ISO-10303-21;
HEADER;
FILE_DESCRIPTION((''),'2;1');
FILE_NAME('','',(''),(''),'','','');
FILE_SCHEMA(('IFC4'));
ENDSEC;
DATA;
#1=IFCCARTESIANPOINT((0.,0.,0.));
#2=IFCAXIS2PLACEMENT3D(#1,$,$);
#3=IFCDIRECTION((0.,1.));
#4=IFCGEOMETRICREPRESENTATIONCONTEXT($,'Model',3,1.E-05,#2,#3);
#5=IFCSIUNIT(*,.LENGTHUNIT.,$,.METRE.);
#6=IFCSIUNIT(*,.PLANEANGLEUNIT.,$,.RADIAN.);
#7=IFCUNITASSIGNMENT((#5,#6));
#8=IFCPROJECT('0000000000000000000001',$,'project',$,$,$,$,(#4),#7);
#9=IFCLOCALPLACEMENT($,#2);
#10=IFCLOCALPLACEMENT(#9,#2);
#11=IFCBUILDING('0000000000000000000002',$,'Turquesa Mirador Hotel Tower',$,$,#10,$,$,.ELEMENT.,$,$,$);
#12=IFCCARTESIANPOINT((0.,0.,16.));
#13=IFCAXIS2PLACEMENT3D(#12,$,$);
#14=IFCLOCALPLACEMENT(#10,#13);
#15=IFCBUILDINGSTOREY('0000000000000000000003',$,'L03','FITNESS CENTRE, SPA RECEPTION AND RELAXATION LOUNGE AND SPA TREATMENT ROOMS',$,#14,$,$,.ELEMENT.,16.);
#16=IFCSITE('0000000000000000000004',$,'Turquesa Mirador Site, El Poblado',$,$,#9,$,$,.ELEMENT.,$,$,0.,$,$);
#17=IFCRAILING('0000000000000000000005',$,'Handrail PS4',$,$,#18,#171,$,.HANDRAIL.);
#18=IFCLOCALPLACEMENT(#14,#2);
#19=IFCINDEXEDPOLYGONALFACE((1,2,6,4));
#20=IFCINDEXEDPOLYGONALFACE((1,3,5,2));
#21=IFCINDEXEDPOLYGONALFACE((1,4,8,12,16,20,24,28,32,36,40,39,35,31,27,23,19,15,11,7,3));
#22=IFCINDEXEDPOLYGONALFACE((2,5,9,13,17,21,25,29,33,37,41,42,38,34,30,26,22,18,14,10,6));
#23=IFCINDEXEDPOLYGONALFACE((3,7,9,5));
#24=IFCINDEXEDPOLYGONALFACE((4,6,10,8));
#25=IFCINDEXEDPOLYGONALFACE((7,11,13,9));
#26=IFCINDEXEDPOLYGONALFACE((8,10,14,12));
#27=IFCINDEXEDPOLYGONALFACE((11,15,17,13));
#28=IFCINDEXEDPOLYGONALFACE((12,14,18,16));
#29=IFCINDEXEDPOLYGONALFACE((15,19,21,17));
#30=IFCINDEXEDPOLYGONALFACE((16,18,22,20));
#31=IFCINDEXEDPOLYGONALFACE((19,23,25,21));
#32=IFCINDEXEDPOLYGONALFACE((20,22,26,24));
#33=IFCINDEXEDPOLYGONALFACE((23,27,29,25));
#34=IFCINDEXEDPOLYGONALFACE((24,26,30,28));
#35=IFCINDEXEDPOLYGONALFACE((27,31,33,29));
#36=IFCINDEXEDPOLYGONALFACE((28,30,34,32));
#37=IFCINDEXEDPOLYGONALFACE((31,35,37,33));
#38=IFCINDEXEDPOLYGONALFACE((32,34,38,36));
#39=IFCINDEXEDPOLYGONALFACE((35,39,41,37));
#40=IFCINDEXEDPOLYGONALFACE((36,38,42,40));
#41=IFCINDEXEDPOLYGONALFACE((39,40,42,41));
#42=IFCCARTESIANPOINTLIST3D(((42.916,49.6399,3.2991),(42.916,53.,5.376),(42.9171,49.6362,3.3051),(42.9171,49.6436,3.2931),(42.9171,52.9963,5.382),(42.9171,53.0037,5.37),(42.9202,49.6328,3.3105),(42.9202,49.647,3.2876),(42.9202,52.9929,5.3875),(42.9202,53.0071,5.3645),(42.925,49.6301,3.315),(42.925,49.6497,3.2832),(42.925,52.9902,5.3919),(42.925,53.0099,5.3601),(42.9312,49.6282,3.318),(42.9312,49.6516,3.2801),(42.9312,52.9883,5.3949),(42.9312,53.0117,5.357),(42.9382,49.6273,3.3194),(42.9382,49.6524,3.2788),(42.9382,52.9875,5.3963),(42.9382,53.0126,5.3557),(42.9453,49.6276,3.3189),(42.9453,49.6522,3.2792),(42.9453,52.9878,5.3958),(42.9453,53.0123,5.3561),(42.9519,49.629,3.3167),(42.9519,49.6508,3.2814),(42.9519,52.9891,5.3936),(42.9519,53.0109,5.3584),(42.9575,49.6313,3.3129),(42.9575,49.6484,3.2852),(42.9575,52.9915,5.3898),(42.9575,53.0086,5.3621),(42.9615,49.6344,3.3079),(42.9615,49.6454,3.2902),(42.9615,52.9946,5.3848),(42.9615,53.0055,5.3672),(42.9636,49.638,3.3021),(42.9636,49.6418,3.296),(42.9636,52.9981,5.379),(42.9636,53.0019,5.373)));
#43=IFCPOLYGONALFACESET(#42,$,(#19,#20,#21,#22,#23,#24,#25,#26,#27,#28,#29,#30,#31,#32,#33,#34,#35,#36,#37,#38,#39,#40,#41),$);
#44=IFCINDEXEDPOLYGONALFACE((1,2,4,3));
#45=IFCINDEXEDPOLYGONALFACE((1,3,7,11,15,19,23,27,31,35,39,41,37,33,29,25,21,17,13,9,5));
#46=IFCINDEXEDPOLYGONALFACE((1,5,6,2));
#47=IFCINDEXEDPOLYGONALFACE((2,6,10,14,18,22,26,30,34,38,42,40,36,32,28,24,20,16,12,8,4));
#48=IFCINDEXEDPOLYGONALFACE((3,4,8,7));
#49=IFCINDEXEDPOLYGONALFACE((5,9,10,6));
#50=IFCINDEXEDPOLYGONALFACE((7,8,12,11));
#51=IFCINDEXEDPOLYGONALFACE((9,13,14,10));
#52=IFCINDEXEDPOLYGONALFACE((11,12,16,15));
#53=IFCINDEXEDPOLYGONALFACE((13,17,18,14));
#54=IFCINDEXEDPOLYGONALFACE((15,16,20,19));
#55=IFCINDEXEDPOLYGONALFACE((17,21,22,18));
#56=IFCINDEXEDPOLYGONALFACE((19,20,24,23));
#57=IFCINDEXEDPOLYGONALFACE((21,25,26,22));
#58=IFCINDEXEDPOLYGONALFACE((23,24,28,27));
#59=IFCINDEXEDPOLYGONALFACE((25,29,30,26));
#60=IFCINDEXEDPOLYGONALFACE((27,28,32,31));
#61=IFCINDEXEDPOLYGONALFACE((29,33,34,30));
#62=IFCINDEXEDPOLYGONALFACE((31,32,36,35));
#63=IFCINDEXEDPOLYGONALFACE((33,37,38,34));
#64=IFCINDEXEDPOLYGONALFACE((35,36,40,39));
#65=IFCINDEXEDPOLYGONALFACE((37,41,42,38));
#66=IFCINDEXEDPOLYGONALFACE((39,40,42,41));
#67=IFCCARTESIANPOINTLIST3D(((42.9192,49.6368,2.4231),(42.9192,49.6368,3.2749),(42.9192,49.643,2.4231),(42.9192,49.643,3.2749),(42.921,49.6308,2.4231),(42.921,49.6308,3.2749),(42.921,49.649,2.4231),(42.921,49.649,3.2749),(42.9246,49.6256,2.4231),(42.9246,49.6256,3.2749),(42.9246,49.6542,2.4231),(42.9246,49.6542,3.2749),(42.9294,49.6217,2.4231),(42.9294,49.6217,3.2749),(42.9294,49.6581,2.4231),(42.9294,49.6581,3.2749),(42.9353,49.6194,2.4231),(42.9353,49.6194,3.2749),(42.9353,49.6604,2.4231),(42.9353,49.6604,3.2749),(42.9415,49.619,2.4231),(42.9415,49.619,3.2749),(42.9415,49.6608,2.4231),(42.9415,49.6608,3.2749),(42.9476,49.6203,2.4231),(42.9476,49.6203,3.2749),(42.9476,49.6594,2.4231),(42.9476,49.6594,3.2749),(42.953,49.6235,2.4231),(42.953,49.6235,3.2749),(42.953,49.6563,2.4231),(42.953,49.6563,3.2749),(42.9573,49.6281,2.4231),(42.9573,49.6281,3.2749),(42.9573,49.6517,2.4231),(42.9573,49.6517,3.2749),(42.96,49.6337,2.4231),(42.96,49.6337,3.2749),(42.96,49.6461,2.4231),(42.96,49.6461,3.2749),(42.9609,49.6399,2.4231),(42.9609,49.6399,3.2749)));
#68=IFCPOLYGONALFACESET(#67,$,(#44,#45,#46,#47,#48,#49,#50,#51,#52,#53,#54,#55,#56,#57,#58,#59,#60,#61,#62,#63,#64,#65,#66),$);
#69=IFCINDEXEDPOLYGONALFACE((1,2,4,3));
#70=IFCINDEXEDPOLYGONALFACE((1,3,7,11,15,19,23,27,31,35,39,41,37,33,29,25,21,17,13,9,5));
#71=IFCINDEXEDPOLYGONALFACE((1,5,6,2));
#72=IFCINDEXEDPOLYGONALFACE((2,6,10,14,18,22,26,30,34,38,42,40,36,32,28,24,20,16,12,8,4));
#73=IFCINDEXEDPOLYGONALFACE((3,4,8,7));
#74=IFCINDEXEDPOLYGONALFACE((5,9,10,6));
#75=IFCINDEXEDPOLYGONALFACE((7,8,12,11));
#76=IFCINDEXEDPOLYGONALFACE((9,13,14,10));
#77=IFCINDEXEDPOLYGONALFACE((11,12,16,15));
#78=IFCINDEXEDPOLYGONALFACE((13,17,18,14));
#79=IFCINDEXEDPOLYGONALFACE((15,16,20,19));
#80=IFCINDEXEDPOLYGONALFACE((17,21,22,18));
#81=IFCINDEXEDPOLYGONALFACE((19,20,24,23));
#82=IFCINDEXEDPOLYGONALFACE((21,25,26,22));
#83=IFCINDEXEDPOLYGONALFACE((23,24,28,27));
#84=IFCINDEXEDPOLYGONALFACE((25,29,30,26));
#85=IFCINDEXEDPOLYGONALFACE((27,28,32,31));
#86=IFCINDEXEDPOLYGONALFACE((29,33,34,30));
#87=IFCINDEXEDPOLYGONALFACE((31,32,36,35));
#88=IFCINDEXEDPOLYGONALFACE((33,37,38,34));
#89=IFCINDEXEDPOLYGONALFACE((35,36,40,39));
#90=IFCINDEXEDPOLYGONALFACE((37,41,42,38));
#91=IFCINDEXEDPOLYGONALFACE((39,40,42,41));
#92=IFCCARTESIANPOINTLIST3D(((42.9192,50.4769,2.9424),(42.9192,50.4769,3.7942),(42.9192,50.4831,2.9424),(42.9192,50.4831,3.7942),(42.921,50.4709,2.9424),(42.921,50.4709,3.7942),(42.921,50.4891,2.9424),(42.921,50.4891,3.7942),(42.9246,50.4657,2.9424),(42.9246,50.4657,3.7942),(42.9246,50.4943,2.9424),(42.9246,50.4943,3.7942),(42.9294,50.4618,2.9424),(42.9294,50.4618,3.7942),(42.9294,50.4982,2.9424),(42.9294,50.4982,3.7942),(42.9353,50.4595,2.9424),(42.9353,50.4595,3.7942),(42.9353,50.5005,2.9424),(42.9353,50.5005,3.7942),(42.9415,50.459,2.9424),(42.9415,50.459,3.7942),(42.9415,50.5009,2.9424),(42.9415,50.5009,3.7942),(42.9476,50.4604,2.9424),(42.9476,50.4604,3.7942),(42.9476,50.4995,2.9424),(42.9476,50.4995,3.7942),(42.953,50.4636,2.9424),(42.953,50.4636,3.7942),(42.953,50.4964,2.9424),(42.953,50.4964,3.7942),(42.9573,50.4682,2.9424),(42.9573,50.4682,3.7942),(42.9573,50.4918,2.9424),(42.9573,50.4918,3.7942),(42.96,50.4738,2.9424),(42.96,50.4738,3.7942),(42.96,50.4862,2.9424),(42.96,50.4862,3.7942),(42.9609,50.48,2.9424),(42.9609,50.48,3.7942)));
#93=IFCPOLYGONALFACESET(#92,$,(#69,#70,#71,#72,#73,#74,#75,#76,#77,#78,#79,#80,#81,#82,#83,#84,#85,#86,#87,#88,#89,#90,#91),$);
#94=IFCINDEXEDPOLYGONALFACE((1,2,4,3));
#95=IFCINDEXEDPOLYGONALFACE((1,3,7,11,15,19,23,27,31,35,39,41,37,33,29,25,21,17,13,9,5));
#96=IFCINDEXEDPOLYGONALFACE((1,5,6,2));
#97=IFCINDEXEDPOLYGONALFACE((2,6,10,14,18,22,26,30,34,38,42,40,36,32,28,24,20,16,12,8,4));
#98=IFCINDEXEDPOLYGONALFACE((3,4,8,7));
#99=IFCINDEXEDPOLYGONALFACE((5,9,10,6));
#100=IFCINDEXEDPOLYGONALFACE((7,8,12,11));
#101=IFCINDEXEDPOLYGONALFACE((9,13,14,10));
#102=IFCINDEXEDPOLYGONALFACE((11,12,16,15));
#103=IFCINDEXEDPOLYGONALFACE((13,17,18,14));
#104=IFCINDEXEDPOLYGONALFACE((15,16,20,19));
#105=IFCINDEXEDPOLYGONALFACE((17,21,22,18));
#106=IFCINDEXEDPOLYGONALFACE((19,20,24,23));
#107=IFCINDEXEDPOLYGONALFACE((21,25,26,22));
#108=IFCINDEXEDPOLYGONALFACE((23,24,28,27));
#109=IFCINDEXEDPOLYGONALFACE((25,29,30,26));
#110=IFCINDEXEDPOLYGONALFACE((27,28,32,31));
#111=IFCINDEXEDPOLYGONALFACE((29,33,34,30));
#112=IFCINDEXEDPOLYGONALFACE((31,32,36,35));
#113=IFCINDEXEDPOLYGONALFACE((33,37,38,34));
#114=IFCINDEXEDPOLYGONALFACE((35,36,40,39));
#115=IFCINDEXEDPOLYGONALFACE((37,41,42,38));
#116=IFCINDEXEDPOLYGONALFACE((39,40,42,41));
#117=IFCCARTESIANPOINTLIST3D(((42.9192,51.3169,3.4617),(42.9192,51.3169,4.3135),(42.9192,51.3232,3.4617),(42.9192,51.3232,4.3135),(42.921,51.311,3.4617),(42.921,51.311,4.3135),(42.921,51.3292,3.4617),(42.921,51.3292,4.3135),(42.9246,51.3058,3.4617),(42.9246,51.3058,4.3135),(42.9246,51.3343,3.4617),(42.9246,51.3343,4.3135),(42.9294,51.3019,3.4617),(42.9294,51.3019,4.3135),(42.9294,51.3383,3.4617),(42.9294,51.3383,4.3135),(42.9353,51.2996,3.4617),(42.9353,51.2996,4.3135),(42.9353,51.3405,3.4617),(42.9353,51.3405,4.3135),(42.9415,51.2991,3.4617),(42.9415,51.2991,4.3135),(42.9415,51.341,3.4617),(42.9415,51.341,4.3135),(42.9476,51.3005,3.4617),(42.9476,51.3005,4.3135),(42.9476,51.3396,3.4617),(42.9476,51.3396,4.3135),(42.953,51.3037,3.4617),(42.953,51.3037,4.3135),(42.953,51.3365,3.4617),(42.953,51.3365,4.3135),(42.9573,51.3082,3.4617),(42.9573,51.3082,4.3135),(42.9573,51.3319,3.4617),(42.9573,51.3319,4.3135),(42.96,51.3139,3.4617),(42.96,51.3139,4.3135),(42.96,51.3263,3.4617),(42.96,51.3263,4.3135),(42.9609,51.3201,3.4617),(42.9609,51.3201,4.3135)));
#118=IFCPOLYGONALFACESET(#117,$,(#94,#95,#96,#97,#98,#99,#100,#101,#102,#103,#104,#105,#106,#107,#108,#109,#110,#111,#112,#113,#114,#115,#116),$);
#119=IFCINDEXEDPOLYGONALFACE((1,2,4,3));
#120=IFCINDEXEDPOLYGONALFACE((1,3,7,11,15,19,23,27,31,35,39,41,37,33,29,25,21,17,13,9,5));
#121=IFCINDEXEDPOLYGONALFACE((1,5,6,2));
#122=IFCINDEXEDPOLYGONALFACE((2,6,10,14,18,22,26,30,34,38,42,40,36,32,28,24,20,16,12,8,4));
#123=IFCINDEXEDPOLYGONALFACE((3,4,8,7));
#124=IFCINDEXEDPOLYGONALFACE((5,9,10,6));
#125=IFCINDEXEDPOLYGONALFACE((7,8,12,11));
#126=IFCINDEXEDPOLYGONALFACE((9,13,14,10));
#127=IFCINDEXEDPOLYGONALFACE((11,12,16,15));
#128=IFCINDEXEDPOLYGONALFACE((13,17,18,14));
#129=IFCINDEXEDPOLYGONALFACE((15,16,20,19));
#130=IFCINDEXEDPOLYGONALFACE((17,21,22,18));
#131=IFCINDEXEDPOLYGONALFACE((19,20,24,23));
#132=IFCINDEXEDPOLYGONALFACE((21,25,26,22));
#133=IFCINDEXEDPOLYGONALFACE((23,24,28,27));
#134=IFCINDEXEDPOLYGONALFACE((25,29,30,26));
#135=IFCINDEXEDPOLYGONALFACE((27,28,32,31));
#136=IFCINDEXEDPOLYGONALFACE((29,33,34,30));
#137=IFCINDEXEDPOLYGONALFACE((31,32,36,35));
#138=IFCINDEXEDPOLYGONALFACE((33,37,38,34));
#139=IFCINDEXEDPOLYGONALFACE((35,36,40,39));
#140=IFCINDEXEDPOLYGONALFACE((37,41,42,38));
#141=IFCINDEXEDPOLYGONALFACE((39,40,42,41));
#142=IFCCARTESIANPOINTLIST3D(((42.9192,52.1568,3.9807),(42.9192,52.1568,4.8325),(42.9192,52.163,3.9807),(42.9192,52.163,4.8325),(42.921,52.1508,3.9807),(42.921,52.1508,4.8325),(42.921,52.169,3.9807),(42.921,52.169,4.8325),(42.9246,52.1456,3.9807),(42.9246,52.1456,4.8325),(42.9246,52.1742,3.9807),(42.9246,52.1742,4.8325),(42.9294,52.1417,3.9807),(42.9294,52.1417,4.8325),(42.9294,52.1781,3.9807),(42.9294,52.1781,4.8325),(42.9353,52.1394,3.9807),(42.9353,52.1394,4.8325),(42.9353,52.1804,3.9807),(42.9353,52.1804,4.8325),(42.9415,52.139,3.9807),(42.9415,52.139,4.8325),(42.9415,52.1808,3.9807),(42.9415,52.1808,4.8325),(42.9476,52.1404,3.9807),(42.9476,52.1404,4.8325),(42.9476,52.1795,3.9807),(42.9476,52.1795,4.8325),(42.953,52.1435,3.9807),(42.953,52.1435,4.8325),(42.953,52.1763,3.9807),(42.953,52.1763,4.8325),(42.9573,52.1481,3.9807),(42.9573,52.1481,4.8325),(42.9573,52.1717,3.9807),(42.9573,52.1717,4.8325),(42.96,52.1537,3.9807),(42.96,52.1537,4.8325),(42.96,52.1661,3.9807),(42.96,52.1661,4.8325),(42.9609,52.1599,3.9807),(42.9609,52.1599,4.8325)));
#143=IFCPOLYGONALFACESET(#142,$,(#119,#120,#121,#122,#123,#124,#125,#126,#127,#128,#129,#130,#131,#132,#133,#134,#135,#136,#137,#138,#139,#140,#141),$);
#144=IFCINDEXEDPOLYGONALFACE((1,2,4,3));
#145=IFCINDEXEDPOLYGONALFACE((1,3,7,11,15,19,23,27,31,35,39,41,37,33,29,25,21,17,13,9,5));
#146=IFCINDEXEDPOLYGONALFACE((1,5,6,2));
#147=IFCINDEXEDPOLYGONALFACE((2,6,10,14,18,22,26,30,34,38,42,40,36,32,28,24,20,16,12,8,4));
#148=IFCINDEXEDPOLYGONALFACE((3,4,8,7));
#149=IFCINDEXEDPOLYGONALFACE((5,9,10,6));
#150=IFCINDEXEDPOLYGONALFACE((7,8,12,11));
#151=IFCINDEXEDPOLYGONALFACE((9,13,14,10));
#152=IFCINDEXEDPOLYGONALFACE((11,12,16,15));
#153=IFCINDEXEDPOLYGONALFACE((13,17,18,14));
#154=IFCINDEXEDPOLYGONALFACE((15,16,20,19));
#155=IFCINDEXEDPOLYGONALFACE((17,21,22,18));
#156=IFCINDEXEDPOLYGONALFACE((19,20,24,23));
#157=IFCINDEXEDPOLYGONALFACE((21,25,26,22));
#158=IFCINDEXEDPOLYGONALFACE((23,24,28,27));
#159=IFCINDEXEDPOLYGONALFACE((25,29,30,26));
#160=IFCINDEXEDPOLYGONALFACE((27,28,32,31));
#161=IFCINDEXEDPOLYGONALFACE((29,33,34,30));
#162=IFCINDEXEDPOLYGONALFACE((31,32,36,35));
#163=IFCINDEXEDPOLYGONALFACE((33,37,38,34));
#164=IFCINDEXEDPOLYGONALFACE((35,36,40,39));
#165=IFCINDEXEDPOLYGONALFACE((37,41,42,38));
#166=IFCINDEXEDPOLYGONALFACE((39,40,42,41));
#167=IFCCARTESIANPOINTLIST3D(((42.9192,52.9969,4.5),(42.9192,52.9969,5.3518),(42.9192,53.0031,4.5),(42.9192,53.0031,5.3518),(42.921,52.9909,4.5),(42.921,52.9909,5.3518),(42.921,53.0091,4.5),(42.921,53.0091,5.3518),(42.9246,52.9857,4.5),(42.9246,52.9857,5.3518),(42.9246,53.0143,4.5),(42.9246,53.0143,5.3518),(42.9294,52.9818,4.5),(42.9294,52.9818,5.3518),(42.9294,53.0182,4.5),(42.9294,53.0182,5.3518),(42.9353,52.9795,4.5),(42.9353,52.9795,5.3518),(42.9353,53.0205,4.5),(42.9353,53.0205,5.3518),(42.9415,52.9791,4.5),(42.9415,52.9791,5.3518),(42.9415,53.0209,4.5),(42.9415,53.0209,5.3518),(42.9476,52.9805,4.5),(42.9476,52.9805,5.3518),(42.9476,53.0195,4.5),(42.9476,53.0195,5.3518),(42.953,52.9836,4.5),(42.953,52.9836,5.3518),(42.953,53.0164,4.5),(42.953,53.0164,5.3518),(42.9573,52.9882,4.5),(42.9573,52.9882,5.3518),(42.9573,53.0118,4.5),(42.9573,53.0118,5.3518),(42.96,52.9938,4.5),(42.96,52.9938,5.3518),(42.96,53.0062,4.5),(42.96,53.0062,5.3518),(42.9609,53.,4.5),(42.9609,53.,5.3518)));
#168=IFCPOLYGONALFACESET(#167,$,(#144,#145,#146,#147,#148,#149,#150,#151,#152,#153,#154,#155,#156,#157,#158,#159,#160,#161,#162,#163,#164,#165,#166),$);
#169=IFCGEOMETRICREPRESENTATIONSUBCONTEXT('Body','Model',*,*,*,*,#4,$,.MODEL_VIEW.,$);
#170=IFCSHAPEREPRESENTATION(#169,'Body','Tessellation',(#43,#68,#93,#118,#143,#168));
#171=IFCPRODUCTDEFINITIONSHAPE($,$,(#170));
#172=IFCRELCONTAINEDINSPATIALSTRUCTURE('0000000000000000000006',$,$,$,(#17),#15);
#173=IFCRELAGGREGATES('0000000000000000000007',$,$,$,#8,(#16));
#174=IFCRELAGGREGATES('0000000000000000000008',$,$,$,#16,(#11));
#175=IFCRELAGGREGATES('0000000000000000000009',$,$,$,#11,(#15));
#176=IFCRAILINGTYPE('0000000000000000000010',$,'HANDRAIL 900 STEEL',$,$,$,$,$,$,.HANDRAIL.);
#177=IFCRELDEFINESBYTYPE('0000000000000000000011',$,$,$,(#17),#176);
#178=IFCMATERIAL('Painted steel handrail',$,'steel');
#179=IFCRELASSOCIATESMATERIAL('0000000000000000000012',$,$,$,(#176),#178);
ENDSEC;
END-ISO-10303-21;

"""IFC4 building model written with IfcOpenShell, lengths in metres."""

from ifc_helpers import new_model, si_unit, direction, frame, origin, origin_2d, place, context, subcontext, project, spatial, circle, extrude, material, type_object, element, save


model = new_model("IFC4")

# Units and contexts
model_context = context("Model", 3, precision=1e-05, world=origin(), true_north=direction((0.0, 1.0)))
body_context = subcontext(model_context, "Body", "Model", "MODEL_VIEW")
ifc_project = project(units=[si_unit("LENGTHUNIT", "METRE"), si_unit("PLANEANGLEUNIT", "RADIAN")], contexts=[model_context])

# Site, building, storey
site_placement = place(None, origin())
site = spatial("IfcSite", under=ifc_project, at=site_placement, Name="Turquesa Mirador Site, El Poblado", CompositionType="ELEMENT", RefElevation=0.0)
building_placement = place(site_placement, origin())
building = spatial("IfcBuilding", under=site, at=building_placement, Name="Turquesa Mirador Hotel Tower", CompositionType="ELEMENT")
storey_placement = place(building_placement, frame((0.0, 0.0, 16.0)))
storey = spatial("IfcBuildingStorey", under=building, at=storey_placement, Name="L03", Description="FITNESS CENTRE, SPA RECEPTION AND RELAXATION LOUNGE AND SPA TREATMENT ROOMS", CompositionType="ELEMENT", Elevation=16.0)

# Railing
ifc_material_1 = material(Name="Painted steel handrail", Category="steel")
railing_type = type_object("IfcRailingType", Name="HANDRAIL 900 STEEL", PredefinedType="HANDRAIL", material=ifc_material_1)
railing_1_placement = place(storey_placement, frame((42.9399, 49.6399, 2.4231)))
element("IfcRailing", 1, at=railing_1_placement, inside=storey, type_object=railing_type, Name="Handrail PS4", PredefinedType="HANDRAIL", context=body_context, shape_type="SweptSolid", body=[
    extrude(circle(Radius=0.0239, at=origin_2d()), frame((0.0, 0.0, 0.876), z_axis=(0.0, 0.850623, 0.525776), x_axis=(-1.0, 0.0, 0.0)), (0.0, 0.0, 1.0), 3.9502),
    extrude(circle(Radius=0.021, at=origin_2d()), origin(), (0.0, 0.0, 1.0), 0.8518),
    extrude(circle(Radius=0.021, at=origin_2d()), frame((0.0, 0.8401, 0.5193)), (0.0, 0.0, 1.0), 0.8518),
    extrude(circle(Radius=0.021, at=origin_2d()), frame((0.0, 1.6802, 1.0386)), (0.0, 0.0, 1.0), 0.8518),
    extrude(circle(Radius=0.021, at=origin_2d()), frame((0.0, 2.52, 1.5576)), (0.0, 0.0, 1.0), 0.8518),
    extrude(circle(Radius=0.021, at=origin_2d()), frame((0.0, 3.3601, 2.0769)), (0.0, 0.0, 1.0), 0.8518),
])

save(model, "model.ifc")
